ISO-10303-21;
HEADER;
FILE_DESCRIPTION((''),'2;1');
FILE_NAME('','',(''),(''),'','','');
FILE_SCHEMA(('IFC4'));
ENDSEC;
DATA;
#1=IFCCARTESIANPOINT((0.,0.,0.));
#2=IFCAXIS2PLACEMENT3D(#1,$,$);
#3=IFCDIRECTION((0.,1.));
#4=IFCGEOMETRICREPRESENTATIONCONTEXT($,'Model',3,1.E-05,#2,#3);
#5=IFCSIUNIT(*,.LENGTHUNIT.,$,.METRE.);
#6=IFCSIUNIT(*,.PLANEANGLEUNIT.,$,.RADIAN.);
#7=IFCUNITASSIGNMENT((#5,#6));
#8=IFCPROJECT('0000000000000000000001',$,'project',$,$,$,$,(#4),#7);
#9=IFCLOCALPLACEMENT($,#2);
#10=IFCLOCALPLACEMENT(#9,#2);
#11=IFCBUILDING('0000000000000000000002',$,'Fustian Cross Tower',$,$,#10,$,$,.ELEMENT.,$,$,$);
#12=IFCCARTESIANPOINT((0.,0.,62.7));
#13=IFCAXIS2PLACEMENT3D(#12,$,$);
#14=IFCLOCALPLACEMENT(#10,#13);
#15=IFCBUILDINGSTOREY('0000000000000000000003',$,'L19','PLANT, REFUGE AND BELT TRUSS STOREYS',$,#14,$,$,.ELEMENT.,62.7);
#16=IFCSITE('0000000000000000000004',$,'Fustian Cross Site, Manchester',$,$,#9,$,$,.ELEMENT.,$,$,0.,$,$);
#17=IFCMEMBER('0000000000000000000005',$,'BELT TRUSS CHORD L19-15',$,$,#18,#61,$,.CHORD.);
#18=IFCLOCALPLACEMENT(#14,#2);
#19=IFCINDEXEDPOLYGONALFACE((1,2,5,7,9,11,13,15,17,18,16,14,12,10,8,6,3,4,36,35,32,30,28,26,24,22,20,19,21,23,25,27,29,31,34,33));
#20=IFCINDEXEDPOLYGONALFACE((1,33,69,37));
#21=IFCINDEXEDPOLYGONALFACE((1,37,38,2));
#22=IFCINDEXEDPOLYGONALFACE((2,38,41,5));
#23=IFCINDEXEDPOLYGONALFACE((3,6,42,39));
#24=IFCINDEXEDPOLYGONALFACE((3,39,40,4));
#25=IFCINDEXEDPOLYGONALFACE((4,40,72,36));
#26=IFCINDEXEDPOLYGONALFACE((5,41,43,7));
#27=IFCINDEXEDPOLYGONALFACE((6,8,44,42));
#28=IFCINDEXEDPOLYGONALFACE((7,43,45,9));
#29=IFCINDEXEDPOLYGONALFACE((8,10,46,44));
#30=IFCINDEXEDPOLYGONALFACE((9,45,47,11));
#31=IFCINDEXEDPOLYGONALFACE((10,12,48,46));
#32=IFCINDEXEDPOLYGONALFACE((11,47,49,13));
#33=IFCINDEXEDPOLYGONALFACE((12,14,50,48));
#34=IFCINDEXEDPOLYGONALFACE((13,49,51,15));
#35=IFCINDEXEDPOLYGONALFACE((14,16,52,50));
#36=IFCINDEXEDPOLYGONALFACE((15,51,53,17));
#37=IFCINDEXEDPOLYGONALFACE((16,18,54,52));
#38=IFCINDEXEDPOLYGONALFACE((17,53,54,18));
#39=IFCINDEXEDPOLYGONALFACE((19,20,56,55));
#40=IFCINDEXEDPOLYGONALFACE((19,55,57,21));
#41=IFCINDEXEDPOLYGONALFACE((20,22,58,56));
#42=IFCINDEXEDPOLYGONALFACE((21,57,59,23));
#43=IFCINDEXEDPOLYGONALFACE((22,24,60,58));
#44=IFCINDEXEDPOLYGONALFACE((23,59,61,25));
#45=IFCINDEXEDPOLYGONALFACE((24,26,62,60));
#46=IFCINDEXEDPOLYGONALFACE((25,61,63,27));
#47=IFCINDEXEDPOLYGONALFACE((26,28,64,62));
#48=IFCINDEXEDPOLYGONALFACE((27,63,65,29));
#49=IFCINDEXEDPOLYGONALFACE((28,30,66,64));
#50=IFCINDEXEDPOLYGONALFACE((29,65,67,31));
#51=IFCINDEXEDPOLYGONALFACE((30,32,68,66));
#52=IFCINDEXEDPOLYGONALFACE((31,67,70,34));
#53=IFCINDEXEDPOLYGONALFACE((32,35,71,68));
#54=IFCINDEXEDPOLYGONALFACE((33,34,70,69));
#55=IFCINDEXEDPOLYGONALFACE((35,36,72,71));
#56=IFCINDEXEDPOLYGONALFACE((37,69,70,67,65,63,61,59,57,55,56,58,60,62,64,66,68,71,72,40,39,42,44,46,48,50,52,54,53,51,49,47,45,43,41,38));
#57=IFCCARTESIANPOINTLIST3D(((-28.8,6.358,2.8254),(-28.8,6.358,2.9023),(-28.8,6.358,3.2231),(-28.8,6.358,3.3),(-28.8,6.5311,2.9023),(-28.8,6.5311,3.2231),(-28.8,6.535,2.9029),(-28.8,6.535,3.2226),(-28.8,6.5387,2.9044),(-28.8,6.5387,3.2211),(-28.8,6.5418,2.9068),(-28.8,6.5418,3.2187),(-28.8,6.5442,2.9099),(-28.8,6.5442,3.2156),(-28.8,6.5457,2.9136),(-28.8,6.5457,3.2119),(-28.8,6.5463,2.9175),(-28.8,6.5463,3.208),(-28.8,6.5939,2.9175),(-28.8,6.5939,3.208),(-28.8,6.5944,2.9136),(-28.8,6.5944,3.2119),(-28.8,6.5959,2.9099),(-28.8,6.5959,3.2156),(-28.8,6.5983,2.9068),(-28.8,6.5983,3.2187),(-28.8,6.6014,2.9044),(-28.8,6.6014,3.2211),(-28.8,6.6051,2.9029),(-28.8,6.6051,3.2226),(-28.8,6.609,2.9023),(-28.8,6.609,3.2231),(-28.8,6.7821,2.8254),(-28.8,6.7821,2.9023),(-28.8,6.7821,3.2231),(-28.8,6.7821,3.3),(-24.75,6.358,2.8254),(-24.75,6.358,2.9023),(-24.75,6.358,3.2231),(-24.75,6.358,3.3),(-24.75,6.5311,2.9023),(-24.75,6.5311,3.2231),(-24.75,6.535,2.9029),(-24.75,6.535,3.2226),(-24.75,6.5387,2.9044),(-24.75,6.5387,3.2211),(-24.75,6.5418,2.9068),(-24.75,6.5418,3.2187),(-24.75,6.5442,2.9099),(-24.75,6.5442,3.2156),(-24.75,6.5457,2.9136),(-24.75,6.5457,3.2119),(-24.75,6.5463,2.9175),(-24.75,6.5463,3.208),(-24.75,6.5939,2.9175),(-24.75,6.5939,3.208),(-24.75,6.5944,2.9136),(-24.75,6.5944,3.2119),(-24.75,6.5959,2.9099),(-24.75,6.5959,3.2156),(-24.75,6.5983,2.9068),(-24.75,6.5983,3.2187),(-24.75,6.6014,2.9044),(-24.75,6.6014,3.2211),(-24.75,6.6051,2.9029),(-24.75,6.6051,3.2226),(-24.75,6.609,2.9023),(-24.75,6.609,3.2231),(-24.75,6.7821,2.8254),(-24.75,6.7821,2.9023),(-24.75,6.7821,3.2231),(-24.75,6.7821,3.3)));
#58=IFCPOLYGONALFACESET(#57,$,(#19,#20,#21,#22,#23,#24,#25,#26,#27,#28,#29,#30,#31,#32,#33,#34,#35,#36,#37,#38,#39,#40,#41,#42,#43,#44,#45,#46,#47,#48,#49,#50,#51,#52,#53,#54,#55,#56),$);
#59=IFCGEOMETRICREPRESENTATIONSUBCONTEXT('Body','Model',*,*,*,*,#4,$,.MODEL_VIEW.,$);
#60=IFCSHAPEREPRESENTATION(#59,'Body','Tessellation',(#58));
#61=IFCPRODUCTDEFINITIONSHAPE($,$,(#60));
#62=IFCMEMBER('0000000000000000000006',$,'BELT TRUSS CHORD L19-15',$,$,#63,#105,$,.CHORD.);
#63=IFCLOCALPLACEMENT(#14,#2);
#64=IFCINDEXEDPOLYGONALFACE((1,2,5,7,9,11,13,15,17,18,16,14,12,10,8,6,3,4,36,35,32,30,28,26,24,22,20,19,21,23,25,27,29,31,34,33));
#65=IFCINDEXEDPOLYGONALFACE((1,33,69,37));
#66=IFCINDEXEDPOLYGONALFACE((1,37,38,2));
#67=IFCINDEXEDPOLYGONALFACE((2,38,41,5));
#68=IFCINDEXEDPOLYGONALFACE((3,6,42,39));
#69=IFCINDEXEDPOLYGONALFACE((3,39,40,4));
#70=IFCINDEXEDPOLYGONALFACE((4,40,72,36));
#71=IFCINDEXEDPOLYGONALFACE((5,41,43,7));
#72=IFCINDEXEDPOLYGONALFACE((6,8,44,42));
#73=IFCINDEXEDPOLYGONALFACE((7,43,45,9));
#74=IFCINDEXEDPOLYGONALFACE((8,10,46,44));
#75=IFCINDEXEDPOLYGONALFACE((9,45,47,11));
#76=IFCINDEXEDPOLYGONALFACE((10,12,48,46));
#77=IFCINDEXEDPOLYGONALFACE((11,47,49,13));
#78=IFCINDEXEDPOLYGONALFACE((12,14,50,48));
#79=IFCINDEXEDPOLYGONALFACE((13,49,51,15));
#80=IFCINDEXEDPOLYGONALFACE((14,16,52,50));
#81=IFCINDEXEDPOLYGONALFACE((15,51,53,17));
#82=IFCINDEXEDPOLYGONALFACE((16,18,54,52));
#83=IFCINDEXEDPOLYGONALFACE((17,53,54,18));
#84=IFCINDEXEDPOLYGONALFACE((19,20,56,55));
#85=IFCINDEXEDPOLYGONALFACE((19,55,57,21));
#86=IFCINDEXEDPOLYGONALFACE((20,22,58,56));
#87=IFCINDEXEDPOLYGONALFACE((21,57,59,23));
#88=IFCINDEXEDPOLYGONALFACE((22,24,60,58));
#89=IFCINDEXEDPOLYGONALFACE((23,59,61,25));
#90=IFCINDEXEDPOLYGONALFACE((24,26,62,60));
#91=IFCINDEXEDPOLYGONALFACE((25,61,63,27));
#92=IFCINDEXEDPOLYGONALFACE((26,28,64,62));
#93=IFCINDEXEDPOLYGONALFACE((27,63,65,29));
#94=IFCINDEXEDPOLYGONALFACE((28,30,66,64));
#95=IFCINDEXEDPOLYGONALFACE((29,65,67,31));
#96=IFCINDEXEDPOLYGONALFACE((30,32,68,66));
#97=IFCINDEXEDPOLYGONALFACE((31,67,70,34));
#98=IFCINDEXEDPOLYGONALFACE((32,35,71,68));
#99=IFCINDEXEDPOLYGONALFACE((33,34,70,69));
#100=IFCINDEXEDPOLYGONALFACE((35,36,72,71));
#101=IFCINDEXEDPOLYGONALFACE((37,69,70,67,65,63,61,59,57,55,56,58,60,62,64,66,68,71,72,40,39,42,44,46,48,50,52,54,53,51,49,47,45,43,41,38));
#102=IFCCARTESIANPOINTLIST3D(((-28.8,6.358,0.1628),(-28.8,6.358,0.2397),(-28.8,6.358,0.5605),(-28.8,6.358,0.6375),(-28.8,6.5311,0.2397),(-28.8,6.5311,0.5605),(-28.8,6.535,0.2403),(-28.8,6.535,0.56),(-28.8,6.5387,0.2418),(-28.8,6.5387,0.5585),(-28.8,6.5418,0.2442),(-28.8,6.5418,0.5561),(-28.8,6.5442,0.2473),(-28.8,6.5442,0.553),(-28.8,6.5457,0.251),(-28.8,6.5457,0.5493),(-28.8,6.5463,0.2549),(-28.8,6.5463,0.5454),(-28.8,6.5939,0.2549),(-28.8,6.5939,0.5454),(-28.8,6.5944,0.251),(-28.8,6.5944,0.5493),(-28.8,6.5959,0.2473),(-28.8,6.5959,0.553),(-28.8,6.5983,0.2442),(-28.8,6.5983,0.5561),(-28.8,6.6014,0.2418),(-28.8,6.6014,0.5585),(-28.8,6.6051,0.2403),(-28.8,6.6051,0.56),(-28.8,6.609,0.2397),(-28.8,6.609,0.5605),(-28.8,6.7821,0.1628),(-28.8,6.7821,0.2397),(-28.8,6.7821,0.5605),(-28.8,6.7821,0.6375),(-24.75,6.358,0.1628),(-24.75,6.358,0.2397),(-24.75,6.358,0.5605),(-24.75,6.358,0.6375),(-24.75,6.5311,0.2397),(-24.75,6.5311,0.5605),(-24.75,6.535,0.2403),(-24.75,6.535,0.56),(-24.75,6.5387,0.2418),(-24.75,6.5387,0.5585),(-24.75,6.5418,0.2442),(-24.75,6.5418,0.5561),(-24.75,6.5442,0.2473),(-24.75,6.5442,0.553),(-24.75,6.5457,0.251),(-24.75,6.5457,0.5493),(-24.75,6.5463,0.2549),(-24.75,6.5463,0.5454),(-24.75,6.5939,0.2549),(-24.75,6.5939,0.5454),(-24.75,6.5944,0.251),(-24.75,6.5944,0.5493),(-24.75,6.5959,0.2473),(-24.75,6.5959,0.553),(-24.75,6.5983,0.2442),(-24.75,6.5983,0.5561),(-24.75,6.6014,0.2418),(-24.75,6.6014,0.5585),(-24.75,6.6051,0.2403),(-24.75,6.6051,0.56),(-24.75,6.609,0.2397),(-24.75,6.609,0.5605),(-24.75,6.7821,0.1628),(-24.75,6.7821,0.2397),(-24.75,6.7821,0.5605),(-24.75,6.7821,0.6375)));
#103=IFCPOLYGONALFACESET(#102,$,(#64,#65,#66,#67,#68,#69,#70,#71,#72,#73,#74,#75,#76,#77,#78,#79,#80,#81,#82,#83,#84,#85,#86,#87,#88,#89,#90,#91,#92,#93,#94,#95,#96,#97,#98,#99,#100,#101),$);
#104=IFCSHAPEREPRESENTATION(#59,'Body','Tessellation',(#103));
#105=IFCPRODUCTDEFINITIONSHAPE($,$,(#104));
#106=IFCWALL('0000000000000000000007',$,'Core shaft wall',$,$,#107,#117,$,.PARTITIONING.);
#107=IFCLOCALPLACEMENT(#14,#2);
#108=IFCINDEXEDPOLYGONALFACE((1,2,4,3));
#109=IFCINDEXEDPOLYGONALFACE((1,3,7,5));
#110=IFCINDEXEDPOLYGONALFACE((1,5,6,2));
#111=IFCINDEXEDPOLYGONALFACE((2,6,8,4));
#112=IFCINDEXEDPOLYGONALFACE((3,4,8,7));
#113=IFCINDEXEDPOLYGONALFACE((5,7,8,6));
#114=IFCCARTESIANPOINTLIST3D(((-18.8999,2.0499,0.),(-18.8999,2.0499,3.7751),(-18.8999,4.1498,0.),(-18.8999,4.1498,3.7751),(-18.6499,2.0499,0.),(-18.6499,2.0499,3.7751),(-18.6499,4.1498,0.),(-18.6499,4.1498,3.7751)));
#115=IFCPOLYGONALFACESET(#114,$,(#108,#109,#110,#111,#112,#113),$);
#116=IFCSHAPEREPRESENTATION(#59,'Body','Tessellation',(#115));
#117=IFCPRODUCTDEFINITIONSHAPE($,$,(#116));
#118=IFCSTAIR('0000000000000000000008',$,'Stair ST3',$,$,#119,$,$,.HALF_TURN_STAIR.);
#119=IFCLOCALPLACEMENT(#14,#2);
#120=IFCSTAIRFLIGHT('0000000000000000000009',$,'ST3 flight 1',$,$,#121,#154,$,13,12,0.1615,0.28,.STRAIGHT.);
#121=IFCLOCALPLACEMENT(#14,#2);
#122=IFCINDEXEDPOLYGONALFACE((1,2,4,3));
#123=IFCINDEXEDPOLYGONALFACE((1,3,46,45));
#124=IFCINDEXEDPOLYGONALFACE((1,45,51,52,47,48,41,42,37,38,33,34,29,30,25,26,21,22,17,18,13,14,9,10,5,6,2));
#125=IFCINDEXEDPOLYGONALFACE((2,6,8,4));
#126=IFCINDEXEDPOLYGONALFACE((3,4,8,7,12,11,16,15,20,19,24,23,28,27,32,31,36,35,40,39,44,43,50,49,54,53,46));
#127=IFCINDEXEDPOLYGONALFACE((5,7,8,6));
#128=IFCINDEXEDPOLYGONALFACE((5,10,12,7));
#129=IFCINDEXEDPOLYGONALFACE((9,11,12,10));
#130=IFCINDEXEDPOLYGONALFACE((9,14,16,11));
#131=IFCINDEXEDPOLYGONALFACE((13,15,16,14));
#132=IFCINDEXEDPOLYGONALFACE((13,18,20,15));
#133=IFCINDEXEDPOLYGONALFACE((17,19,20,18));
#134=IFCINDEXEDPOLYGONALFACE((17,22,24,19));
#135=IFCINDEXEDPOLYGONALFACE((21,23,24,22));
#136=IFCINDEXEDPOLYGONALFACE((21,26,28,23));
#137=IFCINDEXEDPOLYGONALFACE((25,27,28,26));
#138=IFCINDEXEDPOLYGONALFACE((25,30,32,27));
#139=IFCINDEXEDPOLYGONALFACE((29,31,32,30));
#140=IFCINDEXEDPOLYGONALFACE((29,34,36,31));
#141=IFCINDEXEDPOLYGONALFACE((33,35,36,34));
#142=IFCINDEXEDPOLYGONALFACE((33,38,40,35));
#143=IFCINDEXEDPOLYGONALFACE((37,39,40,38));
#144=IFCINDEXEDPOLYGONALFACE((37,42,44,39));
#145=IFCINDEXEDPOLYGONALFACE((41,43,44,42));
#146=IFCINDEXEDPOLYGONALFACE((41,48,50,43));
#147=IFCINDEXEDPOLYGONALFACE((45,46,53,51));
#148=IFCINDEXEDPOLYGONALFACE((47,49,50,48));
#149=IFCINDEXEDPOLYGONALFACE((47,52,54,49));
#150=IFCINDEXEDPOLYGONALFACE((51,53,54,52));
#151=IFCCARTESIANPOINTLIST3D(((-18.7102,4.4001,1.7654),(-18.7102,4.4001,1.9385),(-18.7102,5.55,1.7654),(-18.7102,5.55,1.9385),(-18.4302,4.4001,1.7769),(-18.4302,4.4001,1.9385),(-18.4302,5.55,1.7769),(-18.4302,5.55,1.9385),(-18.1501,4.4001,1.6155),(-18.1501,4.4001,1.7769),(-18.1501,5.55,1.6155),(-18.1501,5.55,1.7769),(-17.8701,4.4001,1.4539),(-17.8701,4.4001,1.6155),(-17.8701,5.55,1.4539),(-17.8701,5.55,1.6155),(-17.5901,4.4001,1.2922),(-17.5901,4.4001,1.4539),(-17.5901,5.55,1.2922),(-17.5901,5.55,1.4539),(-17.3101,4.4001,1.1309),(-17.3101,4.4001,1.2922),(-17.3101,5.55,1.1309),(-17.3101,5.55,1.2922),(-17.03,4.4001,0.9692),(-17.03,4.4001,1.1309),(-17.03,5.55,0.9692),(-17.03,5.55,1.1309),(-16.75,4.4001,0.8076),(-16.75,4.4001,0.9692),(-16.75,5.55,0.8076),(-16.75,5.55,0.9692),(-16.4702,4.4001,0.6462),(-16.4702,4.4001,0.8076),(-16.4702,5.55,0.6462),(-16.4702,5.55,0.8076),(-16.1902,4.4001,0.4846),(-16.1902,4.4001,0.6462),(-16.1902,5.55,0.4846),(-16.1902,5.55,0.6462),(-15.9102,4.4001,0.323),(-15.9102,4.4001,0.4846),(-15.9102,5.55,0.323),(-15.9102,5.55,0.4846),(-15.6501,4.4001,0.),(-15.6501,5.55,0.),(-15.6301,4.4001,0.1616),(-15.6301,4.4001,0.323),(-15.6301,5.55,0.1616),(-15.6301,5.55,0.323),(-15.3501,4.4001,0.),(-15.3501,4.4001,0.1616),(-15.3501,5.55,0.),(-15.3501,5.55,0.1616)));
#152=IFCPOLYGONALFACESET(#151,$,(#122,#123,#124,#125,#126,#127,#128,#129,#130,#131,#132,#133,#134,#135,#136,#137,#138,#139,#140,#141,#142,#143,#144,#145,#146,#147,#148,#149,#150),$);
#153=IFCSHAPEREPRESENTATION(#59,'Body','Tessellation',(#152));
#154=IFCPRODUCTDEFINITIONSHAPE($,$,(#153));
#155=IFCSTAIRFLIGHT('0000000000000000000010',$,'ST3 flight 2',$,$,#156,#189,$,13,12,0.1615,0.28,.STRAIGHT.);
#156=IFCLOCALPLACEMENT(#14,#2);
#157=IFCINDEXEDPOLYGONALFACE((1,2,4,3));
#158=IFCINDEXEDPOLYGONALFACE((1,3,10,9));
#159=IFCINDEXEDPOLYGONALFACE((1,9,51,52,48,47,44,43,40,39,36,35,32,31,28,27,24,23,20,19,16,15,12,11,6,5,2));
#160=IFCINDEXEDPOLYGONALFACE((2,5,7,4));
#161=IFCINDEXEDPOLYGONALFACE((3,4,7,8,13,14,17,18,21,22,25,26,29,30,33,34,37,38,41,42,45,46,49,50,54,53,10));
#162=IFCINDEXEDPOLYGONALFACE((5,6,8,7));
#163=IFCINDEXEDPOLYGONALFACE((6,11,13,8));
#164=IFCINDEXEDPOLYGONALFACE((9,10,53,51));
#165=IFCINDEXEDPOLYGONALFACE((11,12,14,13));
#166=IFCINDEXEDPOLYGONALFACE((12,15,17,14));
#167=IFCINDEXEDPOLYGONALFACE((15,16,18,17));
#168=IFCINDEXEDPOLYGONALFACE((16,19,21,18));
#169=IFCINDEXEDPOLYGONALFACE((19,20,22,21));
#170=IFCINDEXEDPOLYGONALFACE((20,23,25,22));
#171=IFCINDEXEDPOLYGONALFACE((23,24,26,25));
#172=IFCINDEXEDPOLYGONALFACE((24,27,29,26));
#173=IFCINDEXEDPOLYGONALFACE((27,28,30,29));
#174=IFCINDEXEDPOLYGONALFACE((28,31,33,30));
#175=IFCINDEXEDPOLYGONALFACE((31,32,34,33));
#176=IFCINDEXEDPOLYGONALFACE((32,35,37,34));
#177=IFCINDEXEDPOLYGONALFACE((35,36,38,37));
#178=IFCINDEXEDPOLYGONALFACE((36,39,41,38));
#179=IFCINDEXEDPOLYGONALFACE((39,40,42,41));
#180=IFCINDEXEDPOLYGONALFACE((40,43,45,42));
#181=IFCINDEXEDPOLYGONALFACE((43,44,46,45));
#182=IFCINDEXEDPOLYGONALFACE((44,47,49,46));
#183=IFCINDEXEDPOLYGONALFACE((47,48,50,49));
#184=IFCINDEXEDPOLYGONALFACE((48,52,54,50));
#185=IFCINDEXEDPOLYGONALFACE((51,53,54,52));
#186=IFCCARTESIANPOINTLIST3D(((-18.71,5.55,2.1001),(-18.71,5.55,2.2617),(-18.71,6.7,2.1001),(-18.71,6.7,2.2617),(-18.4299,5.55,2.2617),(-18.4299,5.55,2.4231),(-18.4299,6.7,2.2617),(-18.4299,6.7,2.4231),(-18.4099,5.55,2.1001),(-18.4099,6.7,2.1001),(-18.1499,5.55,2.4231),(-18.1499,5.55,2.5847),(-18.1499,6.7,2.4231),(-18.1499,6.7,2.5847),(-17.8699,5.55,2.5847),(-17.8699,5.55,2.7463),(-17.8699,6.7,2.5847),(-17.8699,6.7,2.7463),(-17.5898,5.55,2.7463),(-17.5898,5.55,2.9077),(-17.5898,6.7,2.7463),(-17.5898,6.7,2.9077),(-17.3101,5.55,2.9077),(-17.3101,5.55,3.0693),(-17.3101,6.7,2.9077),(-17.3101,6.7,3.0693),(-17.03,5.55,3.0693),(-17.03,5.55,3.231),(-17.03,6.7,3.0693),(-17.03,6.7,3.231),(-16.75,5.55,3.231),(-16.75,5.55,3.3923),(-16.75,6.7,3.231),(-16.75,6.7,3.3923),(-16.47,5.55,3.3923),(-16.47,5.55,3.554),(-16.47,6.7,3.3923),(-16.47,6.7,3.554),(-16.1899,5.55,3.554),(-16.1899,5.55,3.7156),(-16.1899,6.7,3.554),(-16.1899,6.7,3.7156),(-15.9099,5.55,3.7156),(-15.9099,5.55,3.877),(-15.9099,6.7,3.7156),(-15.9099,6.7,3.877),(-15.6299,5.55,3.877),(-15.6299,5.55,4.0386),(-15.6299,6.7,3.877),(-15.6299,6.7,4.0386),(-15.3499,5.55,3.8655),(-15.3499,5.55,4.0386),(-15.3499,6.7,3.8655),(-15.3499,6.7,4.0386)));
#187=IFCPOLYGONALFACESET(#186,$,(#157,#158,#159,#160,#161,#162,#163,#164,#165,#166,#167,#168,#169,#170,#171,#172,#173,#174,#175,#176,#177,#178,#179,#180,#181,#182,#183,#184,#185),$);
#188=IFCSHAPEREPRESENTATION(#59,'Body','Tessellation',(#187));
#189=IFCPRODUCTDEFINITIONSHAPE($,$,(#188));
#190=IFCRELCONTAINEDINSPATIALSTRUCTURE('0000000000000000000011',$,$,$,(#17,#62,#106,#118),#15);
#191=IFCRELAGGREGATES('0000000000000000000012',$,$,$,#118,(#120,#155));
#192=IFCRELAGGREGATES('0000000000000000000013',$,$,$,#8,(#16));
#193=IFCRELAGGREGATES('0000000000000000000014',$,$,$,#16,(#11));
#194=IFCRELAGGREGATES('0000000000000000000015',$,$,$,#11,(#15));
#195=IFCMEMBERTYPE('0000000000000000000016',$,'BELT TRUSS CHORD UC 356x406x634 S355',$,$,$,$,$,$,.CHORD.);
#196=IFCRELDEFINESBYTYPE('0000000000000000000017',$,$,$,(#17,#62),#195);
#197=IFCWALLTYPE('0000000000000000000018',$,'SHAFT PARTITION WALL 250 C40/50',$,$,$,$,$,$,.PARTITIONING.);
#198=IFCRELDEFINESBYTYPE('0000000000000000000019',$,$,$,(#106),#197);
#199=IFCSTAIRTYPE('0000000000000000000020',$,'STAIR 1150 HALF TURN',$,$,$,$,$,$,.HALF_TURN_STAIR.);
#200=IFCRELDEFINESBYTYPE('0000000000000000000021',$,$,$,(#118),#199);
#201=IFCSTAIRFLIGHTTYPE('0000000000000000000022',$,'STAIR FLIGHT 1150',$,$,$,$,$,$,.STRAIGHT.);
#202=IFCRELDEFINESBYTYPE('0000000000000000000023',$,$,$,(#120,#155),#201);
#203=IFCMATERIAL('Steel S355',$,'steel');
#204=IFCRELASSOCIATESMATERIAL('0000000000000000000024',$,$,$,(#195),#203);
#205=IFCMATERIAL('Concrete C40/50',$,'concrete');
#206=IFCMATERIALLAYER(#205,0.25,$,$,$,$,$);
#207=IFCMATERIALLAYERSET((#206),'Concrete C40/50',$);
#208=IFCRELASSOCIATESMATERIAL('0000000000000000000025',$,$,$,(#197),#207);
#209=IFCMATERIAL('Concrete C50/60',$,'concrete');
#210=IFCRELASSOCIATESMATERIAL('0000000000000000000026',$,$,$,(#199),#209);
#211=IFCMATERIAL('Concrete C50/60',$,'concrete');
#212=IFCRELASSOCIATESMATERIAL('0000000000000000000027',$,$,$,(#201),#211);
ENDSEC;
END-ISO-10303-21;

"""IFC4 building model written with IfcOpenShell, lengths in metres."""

from ifc_helpers import new_model, si_unit, direction, frame, frame_2d, origin, origin_2d, place, context, subcontext, project, spatial, polyline, rectangle, i_section, outline, extrude, material, layer, layer_set, material_profile, profile_set, type_object, element, aggregate, save


model = new_model("IFC4")

# Units and contexts
model_context = context("Model", 3, precision=1e-05, world=origin(), true_north=direction((0.0, 1.0)))
body_context = subcontext(model_context, "Body", "Model", "MODEL_VIEW")
ifc_project = project(units=[si_unit("LENGTHUNIT", "METRE"), si_unit("PLANEANGLEUNIT", "RADIAN")], contexts=[model_context])

# Site, building, storey
site_placement = place(None, origin())
site = spatial("IfcSite", under=ifc_project, at=site_placement, Name="Fustian Cross Site, Manchester", CompositionType="ELEMENT", RefElevation=0.0)
building_placement = place(site_placement, origin())
building = spatial("IfcBuilding", under=site, at=building_placement, Name="Fustian Cross Tower", CompositionType="ELEMENT")
storey_placement = place(building_placement, frame((0.0, 0.0, 62.7)))
storey = spatial("IfcBuildingStorey", under=building, at=storey_placement, Name="L19", Description="PLANT, REFUGE AND BELT TRUSS STOREYS", CompositionType="ELEMENT", Elevation=62.7)

# Members
ifc_material_1 = material(Name="Steel S355", Category="steel")
ifc_material_profile_1 = material_profile(ifc_material_1, i_section(OverallWidth=0.4241, OverallDepth=0.4746, WebThickness=0.0476, FlangeThickness=0.0769, FilletRadius=0.0151, at=origin_2d()), Name="UC 356x406x634")
ifc_profile_set_1 = profile_set([ifc_material_profile_1], Name="Steel S355")
member_type_1 = type_object("IfcMemberType", Name="BELT TRUSS CHORD UC 356x406x634 S355", PredefinedType="CHORD", material=ifc_profile_set_1)
for number, where, z_axis, x_axis, name in (
    (1, (-24.75, 6.5701, 3.0627), (-1.0, 0.0, 0.0), (0.0, -1.0, 0.0), "BELT TRUSS CHORD L19-15"),
    (2, (-24.75, 6.5701, 0.4001), (-1.0, 0.0, 0.0), (0.0, -1.0, 0.0), "BELT TRUSS CHORD L19-15"),
):
    element("IfcMember", number, at=place(storey_placement, frame(where, z_axis=z_axis, x_axis=x_axis)), inside=storey, type_object=member_type_1, Name=name, PredefinedType="CHORD", context=body_context, shape_type="SweptSolid", body=[
        extrude(i_section(OverallWidth=0.4241, OverallDepth=0.4746, WebThickness=0.0476, FlangeThickness=0.0769, FilletRadius=0.0151, at=origin_2d()), origin(), (0.0, 0.0, 1.0), 4.05),
    ])

# Wall
ifc_material_2 = material(Name="Concrete C40/50", Category="concrete")
ifc_layer = layer(ifc_material_2, 0.25)
ifc_layer_set = layer_set([ifc_layer], Name="Concrete C40/50")
wall_type = type_object("IfcWallType", Name="SHAFT PARTITION WALL 250 C40/50", PredefinedType="PARTITIONING", material=ifc_layer_set)
wall_placement = place(storey_placement, frame((-18.7749, 2.05, 0.0), z_axis=(0.0, 0.0, 1.0), x_axis=(0.0, 1.0, 0.0)))
element("IfcWall", 3, at=wall_placement, inside=storey, type_object=wall_type, Name="Core shaft wall", PredefinedType="PARTITIONING", context=body_context, shape_type="SweptSolid", body=[
    extrude(rectangle(XDim=2.0999, YDim=0.25, at=frame_2d((1.0498, 0.0))), origin(), (0.0, 0.0, 1.0), 3.7751),
])

# Stair, stair flights
ifc_material_3 = material(Name="Concrete C50/60", Category="concrete")
stair_type = type_object("IfcStairType", Name="STAIR 1150 HALF TURN", PredefinedType="HALF_TURN_STAIR", material=ifc_material_3)
stair_placement = place(storey_placement, origin())
stair = element("IfcStair", 4, at=stair_placement, inside=storey, type_object=stair_type, Name="Stair ST3", PredefinedType="HALF_TURN_STAIR")
ifc_material_4 = material(Name="Concrete C50/60", Category="concrete")
stair_flight_type = type_object("IfcStairFlightType", Name="STAIR FLIGHT 1150", PredefinedType="STRAIGHT", material=ifc_material_4)
stair_flight_1_placement = place(storey_placement, frame((-15.3501, 4.9751, 0.0), z_axis=(0.0, 0.0, 1.0), x_axis=(-1.0, 0.0, 0.0)))
stair_flight_1 = element("IfcStairFlight", 5, at=stair_flight_1_placement, type_object=stair_flight_type, Name="ST3 flight 1", NumberOfRisers=13, NumberOfTreads=12, PredefinedType="STRAIGHT", RiserHeight=0.1615, TreadLength=0.28, context=body_context, shape_type="SweptSolid", body=[
    extrude(outline(polyline([(0.0, 0.0), (0.0, 0.1616), (0.28, 0.1616), (0.28, 0.323), (0.5601, 0.323), (0.5601, 0.4846), (0.8401, 0.4846), (0.8401, 0.6462), (1.1201, 0.6462), (1.1201, 0.8076), (1.3999, 0.8076), (1.3999, 0.9692), (1.6799, 0.9692), (1.6799, 1.1309), (1.96, 1.1309), (1.96, 1.2922), (2.24, 1.2922), (2.24, 1.4539), (2.52, 1.4539), (2.52, 1.6155), (2.8, 1.6155), (2.8, 1.7769), (3.0801, 1.7769), (3.0801, 1.9385), (3.3601, 1.9385), (3.3601, 2.1001), (3.3601, 1.7654), (0.3, 0.0), (0.0, 0.0)])), frame((0.0, 0.575, 0.0), z_axis=(0.0, -1.0, 0.0), x_axis=(1.0, 0.0, 0.0)), (0.0, 0.0, 1.0), 1.1499),
])
stair_flight_2_placement = place(storey_placement, frame((-18.71, 6.125, 2.1001), z_axis=(0.0, 0.0, 1.0), x_axis=(1.0, 0.0, 0.0)))
stair_flight_2 = element("IfcStairFlight", 6, at=stair_flight_2_placement, type_object=stair_flight_type, Name="ST3 flight 2", NumberOfRisers=13, NumberOfTreads=12, PredefinedType="STRAIGHT", RiserHeight=0.1615, TreadLength=0.28, context=body_context, shape_type="SweptSolid", body=[
    extrude(outline(polyline([(0.0, 0.0), (0.0, 0.1616), (0.28, 0.1616), (0.28, 0.323), (0.5601, 0.323), (0.5601, 0.4846), (0.8401, 0.4846), (0.8401, 0.6462), (1.1201, 0.6462), (1.1201, 0.8076), (1.3999, 0.8076), (1.3999, 0.9692), (1.6799, 0.9692), (1.6799, 1.1309), (1.96, 1.1309), (1.96, 1.2922), (2.24, 1.2922), (2.24, 1.4539), (2.52, 1.4539), (2.52, 1.6155), (2.8, 1.6155), (2.8, 1.7769), (3.0801, 1.7769), (3.0801, 1.9385), (3.3601, 1.9385), (3.3601, 2.1001), (3.3601, 1.7654), (0.3, 0.0), (0.0, 0.0)])), frame((0.0, 0.575, 0.0), z_axis=(0.0, -1.0, 0.0), x_axis=(1.0, 0.0, 0.0)), (0.0, 0.0, 1.0), 1.1499),
])
aggregate(stair, [stair_flight_1, stair_flight_2])

save(model, "model.ifc")
